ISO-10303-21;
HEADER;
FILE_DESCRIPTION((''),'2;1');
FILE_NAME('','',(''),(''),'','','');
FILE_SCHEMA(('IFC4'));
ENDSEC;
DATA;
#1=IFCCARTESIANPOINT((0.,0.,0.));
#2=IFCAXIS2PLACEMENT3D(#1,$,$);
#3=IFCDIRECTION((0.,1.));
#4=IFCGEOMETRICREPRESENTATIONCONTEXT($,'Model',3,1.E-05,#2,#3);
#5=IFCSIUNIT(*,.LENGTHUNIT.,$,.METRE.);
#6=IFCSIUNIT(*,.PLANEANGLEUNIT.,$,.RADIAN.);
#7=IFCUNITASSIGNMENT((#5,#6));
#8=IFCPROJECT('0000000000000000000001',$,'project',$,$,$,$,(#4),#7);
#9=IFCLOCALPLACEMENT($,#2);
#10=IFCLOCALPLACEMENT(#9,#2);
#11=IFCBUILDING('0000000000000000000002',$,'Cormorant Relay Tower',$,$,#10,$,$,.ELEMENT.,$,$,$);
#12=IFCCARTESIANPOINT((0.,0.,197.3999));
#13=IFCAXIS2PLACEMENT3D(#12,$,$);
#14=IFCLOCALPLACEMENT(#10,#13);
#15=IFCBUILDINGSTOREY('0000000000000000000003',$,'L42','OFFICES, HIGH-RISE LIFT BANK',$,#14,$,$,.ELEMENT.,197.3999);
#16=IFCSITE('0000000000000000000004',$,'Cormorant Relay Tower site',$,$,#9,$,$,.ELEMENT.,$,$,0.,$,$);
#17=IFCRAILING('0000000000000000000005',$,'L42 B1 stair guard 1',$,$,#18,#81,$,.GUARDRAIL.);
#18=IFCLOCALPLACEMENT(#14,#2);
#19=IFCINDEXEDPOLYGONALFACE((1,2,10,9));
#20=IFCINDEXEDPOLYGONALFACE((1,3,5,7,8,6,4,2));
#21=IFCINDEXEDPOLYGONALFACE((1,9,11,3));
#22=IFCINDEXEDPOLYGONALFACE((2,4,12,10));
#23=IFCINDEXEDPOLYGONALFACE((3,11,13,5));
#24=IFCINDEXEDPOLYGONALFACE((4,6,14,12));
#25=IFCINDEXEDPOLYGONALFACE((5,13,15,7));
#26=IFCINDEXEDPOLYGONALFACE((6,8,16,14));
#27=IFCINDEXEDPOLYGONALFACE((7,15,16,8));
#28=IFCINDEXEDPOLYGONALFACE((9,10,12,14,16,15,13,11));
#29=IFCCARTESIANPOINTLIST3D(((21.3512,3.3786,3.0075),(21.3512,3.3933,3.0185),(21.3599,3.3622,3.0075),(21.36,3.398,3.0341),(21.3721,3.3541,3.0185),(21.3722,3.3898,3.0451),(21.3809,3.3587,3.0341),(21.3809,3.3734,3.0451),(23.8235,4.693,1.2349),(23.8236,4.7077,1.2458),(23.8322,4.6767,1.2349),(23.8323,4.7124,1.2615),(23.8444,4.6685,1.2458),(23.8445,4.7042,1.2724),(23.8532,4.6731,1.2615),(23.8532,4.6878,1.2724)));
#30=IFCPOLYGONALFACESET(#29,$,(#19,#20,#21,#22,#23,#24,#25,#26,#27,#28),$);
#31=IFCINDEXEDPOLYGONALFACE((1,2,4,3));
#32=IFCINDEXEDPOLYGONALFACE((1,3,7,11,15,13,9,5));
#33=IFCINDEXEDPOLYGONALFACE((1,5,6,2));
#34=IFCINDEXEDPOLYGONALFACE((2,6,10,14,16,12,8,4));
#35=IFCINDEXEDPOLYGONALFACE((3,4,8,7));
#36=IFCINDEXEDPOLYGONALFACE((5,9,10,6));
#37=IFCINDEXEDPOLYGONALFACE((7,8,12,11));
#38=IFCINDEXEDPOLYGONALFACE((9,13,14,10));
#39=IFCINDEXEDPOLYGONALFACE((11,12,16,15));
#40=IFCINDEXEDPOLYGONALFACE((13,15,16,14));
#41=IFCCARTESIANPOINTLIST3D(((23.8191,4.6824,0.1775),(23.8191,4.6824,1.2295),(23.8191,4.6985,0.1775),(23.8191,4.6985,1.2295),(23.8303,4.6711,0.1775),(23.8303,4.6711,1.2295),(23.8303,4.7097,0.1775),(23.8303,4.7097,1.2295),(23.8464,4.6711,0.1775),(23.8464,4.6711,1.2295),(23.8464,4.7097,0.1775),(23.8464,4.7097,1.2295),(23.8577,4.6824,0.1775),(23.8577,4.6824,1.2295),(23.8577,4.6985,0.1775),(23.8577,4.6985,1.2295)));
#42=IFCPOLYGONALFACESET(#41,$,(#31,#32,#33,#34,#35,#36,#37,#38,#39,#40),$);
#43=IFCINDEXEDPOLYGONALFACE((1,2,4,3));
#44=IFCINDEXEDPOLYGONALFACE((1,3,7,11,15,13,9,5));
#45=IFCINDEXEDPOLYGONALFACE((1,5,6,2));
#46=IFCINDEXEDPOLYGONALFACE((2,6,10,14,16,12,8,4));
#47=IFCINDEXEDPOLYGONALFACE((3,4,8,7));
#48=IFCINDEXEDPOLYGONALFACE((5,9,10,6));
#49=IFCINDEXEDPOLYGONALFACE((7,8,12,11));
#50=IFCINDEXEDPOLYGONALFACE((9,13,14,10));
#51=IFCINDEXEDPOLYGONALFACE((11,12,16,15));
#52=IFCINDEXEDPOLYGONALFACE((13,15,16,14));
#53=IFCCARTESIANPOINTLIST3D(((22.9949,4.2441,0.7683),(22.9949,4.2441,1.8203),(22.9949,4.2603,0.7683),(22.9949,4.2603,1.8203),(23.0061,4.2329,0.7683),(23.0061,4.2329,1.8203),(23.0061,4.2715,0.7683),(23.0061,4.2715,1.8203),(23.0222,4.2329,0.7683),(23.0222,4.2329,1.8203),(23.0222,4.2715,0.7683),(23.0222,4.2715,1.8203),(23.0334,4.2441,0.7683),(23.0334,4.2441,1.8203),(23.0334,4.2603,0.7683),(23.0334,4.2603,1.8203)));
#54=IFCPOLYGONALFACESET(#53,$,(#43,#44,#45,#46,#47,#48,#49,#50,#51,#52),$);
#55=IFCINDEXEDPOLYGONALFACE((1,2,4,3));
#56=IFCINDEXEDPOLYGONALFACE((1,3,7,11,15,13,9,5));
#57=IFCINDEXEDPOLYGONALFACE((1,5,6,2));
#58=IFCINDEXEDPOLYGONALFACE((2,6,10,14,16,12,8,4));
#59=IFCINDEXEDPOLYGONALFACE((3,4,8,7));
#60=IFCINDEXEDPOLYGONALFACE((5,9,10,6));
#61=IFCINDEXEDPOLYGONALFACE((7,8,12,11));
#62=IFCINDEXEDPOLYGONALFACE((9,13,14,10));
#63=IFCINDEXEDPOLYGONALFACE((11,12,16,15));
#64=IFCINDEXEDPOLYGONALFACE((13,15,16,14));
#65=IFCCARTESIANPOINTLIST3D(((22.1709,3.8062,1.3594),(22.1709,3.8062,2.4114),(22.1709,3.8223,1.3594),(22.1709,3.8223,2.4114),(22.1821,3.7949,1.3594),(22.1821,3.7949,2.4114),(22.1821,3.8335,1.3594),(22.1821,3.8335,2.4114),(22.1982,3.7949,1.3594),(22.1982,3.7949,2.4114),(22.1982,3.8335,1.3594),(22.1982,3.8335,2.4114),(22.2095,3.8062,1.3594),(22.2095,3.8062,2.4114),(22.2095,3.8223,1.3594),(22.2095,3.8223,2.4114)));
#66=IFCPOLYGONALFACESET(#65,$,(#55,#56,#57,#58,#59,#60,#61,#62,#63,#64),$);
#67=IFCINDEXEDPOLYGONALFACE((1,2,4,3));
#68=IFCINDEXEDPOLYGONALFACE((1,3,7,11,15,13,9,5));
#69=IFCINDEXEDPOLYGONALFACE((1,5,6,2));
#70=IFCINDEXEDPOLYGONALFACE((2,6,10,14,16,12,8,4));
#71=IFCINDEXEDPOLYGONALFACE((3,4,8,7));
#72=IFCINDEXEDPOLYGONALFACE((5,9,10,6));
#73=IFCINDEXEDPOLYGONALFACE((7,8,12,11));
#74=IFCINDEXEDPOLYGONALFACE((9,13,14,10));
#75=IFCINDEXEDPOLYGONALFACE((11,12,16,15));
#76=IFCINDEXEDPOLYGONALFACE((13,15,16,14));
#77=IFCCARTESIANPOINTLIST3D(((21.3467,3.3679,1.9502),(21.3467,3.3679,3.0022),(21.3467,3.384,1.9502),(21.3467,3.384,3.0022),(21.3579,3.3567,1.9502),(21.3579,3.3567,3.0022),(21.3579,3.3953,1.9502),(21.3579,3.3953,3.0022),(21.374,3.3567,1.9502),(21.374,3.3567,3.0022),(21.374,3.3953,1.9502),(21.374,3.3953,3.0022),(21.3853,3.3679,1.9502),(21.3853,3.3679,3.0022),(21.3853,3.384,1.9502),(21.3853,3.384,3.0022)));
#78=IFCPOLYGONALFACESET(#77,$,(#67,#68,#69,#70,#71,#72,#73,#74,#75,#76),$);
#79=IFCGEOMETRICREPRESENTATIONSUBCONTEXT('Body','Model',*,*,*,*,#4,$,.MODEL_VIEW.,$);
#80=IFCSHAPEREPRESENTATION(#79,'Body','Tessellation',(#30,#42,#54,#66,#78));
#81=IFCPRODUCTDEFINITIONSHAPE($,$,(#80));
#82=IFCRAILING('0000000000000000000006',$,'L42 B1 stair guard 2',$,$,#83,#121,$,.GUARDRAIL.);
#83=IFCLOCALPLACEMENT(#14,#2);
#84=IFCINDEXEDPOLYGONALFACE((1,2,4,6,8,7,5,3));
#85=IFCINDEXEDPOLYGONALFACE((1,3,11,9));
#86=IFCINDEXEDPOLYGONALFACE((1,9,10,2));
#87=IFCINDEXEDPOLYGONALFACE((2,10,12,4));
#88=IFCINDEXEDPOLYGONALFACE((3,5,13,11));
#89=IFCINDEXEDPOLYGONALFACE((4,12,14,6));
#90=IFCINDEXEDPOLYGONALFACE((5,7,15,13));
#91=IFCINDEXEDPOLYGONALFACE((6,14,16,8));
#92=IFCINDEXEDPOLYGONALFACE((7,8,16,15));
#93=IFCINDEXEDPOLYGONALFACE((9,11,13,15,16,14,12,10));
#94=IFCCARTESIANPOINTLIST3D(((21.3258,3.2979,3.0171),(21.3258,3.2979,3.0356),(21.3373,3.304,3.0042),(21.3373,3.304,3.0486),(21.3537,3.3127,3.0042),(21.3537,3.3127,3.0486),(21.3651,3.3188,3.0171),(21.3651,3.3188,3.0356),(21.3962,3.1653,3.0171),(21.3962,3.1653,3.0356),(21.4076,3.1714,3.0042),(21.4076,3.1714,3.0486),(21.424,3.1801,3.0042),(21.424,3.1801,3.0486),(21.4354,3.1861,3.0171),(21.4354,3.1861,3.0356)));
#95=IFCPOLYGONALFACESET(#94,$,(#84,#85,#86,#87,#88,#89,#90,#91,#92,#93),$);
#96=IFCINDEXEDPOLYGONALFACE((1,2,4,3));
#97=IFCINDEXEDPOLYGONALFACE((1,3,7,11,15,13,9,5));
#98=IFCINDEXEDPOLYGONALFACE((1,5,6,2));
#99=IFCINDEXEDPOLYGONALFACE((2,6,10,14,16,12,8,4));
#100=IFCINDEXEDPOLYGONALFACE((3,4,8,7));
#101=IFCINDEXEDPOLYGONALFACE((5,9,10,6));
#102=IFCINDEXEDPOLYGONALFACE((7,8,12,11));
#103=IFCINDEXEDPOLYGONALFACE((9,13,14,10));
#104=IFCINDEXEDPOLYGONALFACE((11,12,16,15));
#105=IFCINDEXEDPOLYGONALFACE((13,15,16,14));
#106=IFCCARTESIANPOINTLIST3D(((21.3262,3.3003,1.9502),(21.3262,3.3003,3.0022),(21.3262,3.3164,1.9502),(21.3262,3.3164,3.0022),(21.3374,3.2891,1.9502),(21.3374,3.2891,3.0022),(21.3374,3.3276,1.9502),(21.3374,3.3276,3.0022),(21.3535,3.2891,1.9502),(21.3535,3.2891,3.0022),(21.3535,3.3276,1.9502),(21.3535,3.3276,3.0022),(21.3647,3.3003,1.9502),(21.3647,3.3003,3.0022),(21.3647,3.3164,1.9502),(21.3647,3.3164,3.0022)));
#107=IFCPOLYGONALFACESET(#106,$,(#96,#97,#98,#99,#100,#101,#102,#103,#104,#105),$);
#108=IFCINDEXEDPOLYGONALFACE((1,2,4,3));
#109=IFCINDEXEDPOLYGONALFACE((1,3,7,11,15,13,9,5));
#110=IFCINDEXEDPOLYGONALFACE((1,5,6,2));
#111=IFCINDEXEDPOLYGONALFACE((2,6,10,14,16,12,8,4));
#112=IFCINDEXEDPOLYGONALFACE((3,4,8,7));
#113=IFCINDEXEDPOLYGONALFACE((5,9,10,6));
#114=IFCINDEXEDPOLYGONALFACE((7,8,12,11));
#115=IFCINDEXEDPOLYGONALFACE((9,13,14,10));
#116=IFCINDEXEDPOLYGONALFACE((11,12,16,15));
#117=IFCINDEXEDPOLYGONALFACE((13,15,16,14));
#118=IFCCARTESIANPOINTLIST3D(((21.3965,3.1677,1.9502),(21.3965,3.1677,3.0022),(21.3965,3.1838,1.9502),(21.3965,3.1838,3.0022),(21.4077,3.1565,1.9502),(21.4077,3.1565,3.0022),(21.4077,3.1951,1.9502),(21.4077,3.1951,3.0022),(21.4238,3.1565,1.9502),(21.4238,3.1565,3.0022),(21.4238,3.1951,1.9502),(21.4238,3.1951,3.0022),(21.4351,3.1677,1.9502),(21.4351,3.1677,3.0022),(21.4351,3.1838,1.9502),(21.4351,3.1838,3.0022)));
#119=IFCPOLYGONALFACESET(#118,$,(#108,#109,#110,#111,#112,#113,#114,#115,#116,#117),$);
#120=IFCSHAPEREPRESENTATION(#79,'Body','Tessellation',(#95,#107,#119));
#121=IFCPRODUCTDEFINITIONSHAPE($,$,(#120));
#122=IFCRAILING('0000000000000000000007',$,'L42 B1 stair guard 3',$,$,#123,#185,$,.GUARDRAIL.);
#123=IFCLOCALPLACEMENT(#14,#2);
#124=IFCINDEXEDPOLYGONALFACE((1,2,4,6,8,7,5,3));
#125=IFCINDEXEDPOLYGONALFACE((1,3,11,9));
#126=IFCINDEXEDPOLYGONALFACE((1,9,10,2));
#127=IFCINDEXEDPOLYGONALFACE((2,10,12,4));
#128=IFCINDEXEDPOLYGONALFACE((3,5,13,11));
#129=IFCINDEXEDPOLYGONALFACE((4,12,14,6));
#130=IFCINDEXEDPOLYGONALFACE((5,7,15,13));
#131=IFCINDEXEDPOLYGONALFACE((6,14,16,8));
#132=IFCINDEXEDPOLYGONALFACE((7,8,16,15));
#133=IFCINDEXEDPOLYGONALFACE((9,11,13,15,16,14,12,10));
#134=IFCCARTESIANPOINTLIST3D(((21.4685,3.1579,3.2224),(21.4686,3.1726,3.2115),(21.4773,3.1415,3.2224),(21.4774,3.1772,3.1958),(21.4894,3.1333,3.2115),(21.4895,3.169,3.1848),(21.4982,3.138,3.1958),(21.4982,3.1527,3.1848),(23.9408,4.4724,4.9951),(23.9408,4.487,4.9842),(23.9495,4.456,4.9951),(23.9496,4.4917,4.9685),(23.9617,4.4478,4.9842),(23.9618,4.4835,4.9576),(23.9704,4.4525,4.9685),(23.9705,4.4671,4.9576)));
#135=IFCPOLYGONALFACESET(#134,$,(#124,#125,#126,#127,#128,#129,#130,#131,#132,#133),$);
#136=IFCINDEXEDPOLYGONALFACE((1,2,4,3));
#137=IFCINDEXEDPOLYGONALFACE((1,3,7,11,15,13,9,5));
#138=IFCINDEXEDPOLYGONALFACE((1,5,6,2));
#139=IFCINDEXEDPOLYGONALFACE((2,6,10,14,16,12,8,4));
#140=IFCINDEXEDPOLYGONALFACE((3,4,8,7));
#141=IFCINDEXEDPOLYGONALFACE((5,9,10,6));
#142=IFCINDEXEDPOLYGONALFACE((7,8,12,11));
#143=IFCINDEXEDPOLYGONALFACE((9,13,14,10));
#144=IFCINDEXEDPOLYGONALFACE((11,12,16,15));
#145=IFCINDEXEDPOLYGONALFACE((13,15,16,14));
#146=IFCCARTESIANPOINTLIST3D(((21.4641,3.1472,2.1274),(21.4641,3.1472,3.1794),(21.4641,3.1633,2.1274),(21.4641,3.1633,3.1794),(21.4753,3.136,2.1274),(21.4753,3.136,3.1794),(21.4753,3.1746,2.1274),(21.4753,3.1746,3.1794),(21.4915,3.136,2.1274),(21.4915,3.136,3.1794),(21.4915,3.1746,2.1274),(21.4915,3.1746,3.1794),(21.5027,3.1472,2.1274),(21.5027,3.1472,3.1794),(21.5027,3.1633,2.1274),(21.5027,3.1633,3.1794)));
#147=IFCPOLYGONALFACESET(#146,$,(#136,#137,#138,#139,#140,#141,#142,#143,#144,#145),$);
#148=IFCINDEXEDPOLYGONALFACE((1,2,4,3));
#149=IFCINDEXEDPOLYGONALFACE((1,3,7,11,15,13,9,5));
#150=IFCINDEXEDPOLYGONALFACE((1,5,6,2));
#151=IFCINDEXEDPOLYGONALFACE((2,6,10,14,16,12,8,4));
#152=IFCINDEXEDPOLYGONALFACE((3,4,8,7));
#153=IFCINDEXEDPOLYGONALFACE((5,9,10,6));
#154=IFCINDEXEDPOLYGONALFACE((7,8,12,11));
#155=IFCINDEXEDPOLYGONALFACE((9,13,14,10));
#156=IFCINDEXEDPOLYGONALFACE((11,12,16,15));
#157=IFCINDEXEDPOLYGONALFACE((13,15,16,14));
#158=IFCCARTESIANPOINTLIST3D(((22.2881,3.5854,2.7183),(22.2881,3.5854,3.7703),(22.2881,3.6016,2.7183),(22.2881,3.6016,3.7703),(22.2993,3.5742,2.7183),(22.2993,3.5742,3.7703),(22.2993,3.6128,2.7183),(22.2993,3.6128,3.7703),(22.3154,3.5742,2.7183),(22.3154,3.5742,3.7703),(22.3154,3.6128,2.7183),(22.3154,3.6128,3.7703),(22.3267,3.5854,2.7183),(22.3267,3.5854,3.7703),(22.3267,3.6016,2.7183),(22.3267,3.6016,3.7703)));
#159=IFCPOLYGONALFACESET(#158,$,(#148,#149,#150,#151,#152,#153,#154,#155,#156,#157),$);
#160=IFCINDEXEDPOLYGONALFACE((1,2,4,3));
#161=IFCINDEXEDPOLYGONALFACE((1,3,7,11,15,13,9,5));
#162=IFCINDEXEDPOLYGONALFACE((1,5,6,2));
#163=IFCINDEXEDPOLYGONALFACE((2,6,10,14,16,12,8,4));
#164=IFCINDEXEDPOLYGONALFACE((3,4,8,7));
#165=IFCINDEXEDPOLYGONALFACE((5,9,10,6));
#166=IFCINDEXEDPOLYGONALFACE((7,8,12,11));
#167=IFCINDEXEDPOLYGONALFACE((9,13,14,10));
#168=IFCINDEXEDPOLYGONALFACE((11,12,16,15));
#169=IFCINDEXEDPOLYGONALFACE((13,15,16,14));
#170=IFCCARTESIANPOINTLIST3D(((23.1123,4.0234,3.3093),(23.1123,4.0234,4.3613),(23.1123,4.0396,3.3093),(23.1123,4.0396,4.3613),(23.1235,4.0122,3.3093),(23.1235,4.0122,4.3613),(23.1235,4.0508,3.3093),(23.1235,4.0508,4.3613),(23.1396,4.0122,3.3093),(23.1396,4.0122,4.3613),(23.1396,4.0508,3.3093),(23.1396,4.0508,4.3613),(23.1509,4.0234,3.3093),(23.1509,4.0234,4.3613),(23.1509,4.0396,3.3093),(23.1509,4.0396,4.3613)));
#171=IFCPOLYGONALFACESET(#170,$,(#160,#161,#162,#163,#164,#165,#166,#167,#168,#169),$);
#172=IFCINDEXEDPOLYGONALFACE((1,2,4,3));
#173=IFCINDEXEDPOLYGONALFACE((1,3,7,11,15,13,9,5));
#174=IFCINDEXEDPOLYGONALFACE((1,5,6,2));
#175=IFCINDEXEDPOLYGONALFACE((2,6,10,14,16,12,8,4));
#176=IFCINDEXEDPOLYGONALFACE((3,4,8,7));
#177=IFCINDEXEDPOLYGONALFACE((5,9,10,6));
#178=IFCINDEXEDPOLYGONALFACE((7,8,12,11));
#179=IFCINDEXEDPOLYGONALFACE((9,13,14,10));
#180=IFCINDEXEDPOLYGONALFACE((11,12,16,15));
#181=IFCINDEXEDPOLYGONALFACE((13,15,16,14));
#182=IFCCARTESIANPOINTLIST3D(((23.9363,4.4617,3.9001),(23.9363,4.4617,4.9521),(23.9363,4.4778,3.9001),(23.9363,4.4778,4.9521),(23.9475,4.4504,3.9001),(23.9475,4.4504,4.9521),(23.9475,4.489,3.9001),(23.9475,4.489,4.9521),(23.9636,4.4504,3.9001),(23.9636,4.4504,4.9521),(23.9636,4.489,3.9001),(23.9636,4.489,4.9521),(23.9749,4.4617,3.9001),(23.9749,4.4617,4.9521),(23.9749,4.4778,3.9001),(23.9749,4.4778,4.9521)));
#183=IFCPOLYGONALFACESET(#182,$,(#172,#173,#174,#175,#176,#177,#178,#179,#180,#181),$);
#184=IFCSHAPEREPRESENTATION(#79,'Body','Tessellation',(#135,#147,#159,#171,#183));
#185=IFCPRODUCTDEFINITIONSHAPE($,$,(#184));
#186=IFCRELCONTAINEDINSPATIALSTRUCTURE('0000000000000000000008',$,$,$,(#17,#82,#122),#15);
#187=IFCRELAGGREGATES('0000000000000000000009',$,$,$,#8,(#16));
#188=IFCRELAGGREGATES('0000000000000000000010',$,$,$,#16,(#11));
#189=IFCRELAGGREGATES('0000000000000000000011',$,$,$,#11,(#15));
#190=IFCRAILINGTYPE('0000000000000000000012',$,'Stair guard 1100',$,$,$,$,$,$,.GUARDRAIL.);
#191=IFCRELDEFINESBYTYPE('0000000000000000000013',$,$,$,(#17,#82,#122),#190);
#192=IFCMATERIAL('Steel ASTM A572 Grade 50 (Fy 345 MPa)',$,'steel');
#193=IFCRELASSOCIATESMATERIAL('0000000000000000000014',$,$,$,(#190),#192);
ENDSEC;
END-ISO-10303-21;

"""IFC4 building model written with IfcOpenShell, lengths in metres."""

from ifc_helpers import new_model, si_unit, direction, frame, origin, place, context, subcontext, project, spatial, polyline, outline, extrude, material, type_object, element, save


model = new_model("IFC4")

# Units and contexts
model_context = context("Model", 3, precision=1e-05, world=origin(), true_north=direction((0.0, 1.0)))
body_context = subcontext(model_context, "Body", "Model", "MODEL_VIEW")
ifc_project = project(units=[si_unit("LENGTHUNIT", "METRE"), si_unit("PLANEANGLEUNIT", "RADIAN")], contexts=[model_context])

# Site, building, storey
site_placement = place(None, origin())
site = spatial("IfcSite", under=ifc_project, at=site_placement, Name="Cormorant Relay Tower site", CompositionType="ELEMENT", RefElevation=0.0)
building_placement = place(site_placement, origin())
building = spatial("IfcBuilding", under=site, at=building_placement, Name="Cormorant Relay Tower", CompositionType="ELEMENT")
storey_placement = place(building_placement, frame((0.0, 0.0, 197.3999)))
storey = spatial("IfcBuildingStorey", under=building, at=storey_placement, Name="L42", Description="OFFICES, HIGH-RISE LIFT BANK", CompositionType="ELEMENT", Elevation=197.3999)

# Railings
ifc_material_1 = material(Name="Steel ASTM A572 Grade 50 (Fy 345 MPa)", Category="steel")
railing_type_1 = type_object("IfcRailingType", Name="Stair guard 1100", PredefinedType="GUARDRAIL", material=ifc_material_1)
railing_1_placement = place(storey_placement, frame((23.8384, 4.6904, 0.1775)))
element("IfcRailing", 1, at=railing_1_placement, inside=storey, type_object=railing_type_1, Name="L42 B1 stair guard 1", PredefinedType="GUARDRAIL", context=body_context, shape_type="SweptSolid", body=[
    extrude(outline(polyline([(0.0222, 0.0093), (0.0093, 0.0222), (-0.0093, 0.0222), (-0.0222, 0.0093), (-0.0222, -0.0093), (-0.0093, -0.0222), (0.0093, -0.0222), (0.0222, -0.0093), (0.0222, 0.0093)])), frame((0.0, 0.0, 1.0762), z_axis=(-0.746034, -0.396627, 0.534902), x_axis=(0.469429, -0.88297, 0.0)), (0.0, 0.0, 1.0), 3.314),
    extrude(outline(polyline([(0.0193, 0.0081), (0.0081, 0.0193), (-0.0081, 0.0193), (-0.0193, 0.0081), (-0.0193, -0.0081), (-0.0081, -0.0193), (0.0081, -0.0193), (0.0193, -0.0081), (0.0193, 0.0081)])), origin(), (0.0, 0.0, 1.0), 1.052),
    extrude(outline(polyline([(0.0193, 0.0081), (0.0081, 0.0193), (-0.0081, 0.0193), (-0.0193, 0.0081), (-0.0193, -0.0081), (-0.0081, -0.0193), (0.0081, -0.0193), (0.0193, -0.0081), (0.0193, 0.0081)])), frame((-0.8242, -0.4382, 0.5908)), (0.0, 0.0, 1.0), 1.052),
    extrude(outline(polyline([(0.0193, 0.0081), (0.0081, 0.0193), (-0.0081, 0.0193), (-0.0193, 0.0081), (-0.0193, -0.0081), (-0.0081, -0.0193), (0.0081, -0.0193), (0.0193, -0.0081), (0.0193, 0.0081)])), frame((-1.6482, -0.8762, 1.1819)), (0.0, 0.0, 1.0), 1.052),
    extrude(outline(polyline([(0.0193, 0.0081), (0.0081, 0.0193), (-0.0081, 0.0193), (-0.0193, 0.0081), (-0.0193, -0.0081), (-0.0081, -0.0193), (0.0081, -0.0193), (0.0193, -0.0081), (0.0193, 0.0081)])), frame((-2.4724, -1.3145, 1.7727)), (0.0, 0.0, 1.0), 1.052),
])
railing_2_placement = place(storey_placement, frame((21.3455, 3.3083, 1.9502)))
element("IfcRailing", 2, at=railing_2_placement, inside=storey, type_object=railing_type_1, Name="L42 B1 stair guard 2", PredefinedType="GUARDRAIL", context=body_context, shape_type="SweptSolid", body=[
    extrude(outline(polyline([(0.0222, 0.0093), (0.0093, 0.0222), (-0.0093, 0.0222), (-0.0222, 0.0093), (-0.0222, -0.0093), (-0.0093, -0.0222), (0.0093, -0.0222), (0.0222, -0.0093), (0.0222, 0.0093)])), frame((0.0, 0.0, 1.0762), z_axis=(0.46856, -0.883431, 0.0), x_axis=(0.883431, 0.46856, 0.0)), (0.0, 0.0, 1.0), 0.1501),
    extrude(outline(polyline([(0.0193, 0.0081), (0.0081, 0.0193), (-0.0081, 0.0193), (-0.0193, 0.0081), (-0.0193, -0.0081), (-0.0081, -0.0193), (0.0081, -0.0193), (0.0193, -0.0081), (0.0193, 0.0081)])), origin(), (0.0, 0.0, 1.0), 1.052),
    extrude(outline(polyline([(0.0193, 0.0081), (0.0081, 0.0193), (-0.0081, 0.0193), (-0.0193, 0.0081), (-0.0193, -0.0081), (-0.0081, -0.0193), (0.0081, -0.0193), (0.0193, -0.0081), (0.0193, 0.0081)])), frame((0.0703, -0.1326, 0.0)), (0.0, 0.0, 1.0), 1.052),
])
railing_3_placement = place(storey_placement, frame((21.4834, 3.1553, 2.1274)))
element("IfcRailing", 3, at=railing_3_placement, inside=storey, type_object=railing_type_1, Name="L42 B1 stair guard 3", PredefinedType="GUARDRAIL", context=body_context, shape_type="SweptSolid", body=[
    extrude(outline(polyline([(0.0222, 0.0093), (0.0093, 0.0222), (-0.0093, 0.0222), (-0.0222, 0.0093), (-0.0222, -0.0093), (-0.0093, -0.0222), (0.0093, -0.0222), (0.0222, -0.0093), (0.0222, 0.0093)])), frame((0.0, 0.0, 1.0762), z_axis=(0.746001, 0.396649, 0.534931), x_axis=(-0.469465, 0.882951, 0.0)), (0.0, 0.0, 1.0), 3.314),
    extrude(outline(polyline([(0.0193, 0.0081), (0.0081, 0.0193), (-0.0081, 0.0193), (-0.0193, 0.0081), (-0.0193, -0.0081), (-0.0081, -0.0193), (0.0081, -0.0193), (0.0193, -0.0081), (0.0193, 0.0081)])), origin(), (0.0, 0.0, 1.0), 1.052),
    extrude(outline(polyline([(0.0193, 0.0081), (0.0081, 0.0193), (-0.0081, 0.0193), (-0.0193, 0.0081), (-0.0193, -0.0081), (-0.0081, -0.0193), (0.0081, -0.0193), (0.0193, -0.0081), (0.0193, 0.0081)])), frame((0.824, 0.4382, 0.5908)), (0.0, 0.0, 1.0), 1.052),
    extrude(outline(polyline([(0.0193, 0.0081), (0.0081, 0.0193), (-0.0081, 0.0193), (-0.0193, 0.0081), (-0.0193, -0.0081), (-0.0081, -0.0193), (0.0081, -0.0193), (0.0193, -0.0081), (0.0193, 0.0081)])), frame((1.6482, 0.8762, 1.1819)), (0.0, 0.0, 1.0), 1.052),
    extrude(outline(polyline([(0.0193, 0.0081), (0.0081, 0.0193), (-0.0081, 0.0193), (-0.0193, 0.0081), (-0.0193, -0.0081), (-0.0081, -0.0193), (0.0081, -0.0193), (0.0193, -0.0081), (0.0193, 0.0081)])), frame((2.4722, 1.3145, 1.7727)), (0.0, 0.0, 1.0), 1.052),
])

save(model, "model.ifc")
